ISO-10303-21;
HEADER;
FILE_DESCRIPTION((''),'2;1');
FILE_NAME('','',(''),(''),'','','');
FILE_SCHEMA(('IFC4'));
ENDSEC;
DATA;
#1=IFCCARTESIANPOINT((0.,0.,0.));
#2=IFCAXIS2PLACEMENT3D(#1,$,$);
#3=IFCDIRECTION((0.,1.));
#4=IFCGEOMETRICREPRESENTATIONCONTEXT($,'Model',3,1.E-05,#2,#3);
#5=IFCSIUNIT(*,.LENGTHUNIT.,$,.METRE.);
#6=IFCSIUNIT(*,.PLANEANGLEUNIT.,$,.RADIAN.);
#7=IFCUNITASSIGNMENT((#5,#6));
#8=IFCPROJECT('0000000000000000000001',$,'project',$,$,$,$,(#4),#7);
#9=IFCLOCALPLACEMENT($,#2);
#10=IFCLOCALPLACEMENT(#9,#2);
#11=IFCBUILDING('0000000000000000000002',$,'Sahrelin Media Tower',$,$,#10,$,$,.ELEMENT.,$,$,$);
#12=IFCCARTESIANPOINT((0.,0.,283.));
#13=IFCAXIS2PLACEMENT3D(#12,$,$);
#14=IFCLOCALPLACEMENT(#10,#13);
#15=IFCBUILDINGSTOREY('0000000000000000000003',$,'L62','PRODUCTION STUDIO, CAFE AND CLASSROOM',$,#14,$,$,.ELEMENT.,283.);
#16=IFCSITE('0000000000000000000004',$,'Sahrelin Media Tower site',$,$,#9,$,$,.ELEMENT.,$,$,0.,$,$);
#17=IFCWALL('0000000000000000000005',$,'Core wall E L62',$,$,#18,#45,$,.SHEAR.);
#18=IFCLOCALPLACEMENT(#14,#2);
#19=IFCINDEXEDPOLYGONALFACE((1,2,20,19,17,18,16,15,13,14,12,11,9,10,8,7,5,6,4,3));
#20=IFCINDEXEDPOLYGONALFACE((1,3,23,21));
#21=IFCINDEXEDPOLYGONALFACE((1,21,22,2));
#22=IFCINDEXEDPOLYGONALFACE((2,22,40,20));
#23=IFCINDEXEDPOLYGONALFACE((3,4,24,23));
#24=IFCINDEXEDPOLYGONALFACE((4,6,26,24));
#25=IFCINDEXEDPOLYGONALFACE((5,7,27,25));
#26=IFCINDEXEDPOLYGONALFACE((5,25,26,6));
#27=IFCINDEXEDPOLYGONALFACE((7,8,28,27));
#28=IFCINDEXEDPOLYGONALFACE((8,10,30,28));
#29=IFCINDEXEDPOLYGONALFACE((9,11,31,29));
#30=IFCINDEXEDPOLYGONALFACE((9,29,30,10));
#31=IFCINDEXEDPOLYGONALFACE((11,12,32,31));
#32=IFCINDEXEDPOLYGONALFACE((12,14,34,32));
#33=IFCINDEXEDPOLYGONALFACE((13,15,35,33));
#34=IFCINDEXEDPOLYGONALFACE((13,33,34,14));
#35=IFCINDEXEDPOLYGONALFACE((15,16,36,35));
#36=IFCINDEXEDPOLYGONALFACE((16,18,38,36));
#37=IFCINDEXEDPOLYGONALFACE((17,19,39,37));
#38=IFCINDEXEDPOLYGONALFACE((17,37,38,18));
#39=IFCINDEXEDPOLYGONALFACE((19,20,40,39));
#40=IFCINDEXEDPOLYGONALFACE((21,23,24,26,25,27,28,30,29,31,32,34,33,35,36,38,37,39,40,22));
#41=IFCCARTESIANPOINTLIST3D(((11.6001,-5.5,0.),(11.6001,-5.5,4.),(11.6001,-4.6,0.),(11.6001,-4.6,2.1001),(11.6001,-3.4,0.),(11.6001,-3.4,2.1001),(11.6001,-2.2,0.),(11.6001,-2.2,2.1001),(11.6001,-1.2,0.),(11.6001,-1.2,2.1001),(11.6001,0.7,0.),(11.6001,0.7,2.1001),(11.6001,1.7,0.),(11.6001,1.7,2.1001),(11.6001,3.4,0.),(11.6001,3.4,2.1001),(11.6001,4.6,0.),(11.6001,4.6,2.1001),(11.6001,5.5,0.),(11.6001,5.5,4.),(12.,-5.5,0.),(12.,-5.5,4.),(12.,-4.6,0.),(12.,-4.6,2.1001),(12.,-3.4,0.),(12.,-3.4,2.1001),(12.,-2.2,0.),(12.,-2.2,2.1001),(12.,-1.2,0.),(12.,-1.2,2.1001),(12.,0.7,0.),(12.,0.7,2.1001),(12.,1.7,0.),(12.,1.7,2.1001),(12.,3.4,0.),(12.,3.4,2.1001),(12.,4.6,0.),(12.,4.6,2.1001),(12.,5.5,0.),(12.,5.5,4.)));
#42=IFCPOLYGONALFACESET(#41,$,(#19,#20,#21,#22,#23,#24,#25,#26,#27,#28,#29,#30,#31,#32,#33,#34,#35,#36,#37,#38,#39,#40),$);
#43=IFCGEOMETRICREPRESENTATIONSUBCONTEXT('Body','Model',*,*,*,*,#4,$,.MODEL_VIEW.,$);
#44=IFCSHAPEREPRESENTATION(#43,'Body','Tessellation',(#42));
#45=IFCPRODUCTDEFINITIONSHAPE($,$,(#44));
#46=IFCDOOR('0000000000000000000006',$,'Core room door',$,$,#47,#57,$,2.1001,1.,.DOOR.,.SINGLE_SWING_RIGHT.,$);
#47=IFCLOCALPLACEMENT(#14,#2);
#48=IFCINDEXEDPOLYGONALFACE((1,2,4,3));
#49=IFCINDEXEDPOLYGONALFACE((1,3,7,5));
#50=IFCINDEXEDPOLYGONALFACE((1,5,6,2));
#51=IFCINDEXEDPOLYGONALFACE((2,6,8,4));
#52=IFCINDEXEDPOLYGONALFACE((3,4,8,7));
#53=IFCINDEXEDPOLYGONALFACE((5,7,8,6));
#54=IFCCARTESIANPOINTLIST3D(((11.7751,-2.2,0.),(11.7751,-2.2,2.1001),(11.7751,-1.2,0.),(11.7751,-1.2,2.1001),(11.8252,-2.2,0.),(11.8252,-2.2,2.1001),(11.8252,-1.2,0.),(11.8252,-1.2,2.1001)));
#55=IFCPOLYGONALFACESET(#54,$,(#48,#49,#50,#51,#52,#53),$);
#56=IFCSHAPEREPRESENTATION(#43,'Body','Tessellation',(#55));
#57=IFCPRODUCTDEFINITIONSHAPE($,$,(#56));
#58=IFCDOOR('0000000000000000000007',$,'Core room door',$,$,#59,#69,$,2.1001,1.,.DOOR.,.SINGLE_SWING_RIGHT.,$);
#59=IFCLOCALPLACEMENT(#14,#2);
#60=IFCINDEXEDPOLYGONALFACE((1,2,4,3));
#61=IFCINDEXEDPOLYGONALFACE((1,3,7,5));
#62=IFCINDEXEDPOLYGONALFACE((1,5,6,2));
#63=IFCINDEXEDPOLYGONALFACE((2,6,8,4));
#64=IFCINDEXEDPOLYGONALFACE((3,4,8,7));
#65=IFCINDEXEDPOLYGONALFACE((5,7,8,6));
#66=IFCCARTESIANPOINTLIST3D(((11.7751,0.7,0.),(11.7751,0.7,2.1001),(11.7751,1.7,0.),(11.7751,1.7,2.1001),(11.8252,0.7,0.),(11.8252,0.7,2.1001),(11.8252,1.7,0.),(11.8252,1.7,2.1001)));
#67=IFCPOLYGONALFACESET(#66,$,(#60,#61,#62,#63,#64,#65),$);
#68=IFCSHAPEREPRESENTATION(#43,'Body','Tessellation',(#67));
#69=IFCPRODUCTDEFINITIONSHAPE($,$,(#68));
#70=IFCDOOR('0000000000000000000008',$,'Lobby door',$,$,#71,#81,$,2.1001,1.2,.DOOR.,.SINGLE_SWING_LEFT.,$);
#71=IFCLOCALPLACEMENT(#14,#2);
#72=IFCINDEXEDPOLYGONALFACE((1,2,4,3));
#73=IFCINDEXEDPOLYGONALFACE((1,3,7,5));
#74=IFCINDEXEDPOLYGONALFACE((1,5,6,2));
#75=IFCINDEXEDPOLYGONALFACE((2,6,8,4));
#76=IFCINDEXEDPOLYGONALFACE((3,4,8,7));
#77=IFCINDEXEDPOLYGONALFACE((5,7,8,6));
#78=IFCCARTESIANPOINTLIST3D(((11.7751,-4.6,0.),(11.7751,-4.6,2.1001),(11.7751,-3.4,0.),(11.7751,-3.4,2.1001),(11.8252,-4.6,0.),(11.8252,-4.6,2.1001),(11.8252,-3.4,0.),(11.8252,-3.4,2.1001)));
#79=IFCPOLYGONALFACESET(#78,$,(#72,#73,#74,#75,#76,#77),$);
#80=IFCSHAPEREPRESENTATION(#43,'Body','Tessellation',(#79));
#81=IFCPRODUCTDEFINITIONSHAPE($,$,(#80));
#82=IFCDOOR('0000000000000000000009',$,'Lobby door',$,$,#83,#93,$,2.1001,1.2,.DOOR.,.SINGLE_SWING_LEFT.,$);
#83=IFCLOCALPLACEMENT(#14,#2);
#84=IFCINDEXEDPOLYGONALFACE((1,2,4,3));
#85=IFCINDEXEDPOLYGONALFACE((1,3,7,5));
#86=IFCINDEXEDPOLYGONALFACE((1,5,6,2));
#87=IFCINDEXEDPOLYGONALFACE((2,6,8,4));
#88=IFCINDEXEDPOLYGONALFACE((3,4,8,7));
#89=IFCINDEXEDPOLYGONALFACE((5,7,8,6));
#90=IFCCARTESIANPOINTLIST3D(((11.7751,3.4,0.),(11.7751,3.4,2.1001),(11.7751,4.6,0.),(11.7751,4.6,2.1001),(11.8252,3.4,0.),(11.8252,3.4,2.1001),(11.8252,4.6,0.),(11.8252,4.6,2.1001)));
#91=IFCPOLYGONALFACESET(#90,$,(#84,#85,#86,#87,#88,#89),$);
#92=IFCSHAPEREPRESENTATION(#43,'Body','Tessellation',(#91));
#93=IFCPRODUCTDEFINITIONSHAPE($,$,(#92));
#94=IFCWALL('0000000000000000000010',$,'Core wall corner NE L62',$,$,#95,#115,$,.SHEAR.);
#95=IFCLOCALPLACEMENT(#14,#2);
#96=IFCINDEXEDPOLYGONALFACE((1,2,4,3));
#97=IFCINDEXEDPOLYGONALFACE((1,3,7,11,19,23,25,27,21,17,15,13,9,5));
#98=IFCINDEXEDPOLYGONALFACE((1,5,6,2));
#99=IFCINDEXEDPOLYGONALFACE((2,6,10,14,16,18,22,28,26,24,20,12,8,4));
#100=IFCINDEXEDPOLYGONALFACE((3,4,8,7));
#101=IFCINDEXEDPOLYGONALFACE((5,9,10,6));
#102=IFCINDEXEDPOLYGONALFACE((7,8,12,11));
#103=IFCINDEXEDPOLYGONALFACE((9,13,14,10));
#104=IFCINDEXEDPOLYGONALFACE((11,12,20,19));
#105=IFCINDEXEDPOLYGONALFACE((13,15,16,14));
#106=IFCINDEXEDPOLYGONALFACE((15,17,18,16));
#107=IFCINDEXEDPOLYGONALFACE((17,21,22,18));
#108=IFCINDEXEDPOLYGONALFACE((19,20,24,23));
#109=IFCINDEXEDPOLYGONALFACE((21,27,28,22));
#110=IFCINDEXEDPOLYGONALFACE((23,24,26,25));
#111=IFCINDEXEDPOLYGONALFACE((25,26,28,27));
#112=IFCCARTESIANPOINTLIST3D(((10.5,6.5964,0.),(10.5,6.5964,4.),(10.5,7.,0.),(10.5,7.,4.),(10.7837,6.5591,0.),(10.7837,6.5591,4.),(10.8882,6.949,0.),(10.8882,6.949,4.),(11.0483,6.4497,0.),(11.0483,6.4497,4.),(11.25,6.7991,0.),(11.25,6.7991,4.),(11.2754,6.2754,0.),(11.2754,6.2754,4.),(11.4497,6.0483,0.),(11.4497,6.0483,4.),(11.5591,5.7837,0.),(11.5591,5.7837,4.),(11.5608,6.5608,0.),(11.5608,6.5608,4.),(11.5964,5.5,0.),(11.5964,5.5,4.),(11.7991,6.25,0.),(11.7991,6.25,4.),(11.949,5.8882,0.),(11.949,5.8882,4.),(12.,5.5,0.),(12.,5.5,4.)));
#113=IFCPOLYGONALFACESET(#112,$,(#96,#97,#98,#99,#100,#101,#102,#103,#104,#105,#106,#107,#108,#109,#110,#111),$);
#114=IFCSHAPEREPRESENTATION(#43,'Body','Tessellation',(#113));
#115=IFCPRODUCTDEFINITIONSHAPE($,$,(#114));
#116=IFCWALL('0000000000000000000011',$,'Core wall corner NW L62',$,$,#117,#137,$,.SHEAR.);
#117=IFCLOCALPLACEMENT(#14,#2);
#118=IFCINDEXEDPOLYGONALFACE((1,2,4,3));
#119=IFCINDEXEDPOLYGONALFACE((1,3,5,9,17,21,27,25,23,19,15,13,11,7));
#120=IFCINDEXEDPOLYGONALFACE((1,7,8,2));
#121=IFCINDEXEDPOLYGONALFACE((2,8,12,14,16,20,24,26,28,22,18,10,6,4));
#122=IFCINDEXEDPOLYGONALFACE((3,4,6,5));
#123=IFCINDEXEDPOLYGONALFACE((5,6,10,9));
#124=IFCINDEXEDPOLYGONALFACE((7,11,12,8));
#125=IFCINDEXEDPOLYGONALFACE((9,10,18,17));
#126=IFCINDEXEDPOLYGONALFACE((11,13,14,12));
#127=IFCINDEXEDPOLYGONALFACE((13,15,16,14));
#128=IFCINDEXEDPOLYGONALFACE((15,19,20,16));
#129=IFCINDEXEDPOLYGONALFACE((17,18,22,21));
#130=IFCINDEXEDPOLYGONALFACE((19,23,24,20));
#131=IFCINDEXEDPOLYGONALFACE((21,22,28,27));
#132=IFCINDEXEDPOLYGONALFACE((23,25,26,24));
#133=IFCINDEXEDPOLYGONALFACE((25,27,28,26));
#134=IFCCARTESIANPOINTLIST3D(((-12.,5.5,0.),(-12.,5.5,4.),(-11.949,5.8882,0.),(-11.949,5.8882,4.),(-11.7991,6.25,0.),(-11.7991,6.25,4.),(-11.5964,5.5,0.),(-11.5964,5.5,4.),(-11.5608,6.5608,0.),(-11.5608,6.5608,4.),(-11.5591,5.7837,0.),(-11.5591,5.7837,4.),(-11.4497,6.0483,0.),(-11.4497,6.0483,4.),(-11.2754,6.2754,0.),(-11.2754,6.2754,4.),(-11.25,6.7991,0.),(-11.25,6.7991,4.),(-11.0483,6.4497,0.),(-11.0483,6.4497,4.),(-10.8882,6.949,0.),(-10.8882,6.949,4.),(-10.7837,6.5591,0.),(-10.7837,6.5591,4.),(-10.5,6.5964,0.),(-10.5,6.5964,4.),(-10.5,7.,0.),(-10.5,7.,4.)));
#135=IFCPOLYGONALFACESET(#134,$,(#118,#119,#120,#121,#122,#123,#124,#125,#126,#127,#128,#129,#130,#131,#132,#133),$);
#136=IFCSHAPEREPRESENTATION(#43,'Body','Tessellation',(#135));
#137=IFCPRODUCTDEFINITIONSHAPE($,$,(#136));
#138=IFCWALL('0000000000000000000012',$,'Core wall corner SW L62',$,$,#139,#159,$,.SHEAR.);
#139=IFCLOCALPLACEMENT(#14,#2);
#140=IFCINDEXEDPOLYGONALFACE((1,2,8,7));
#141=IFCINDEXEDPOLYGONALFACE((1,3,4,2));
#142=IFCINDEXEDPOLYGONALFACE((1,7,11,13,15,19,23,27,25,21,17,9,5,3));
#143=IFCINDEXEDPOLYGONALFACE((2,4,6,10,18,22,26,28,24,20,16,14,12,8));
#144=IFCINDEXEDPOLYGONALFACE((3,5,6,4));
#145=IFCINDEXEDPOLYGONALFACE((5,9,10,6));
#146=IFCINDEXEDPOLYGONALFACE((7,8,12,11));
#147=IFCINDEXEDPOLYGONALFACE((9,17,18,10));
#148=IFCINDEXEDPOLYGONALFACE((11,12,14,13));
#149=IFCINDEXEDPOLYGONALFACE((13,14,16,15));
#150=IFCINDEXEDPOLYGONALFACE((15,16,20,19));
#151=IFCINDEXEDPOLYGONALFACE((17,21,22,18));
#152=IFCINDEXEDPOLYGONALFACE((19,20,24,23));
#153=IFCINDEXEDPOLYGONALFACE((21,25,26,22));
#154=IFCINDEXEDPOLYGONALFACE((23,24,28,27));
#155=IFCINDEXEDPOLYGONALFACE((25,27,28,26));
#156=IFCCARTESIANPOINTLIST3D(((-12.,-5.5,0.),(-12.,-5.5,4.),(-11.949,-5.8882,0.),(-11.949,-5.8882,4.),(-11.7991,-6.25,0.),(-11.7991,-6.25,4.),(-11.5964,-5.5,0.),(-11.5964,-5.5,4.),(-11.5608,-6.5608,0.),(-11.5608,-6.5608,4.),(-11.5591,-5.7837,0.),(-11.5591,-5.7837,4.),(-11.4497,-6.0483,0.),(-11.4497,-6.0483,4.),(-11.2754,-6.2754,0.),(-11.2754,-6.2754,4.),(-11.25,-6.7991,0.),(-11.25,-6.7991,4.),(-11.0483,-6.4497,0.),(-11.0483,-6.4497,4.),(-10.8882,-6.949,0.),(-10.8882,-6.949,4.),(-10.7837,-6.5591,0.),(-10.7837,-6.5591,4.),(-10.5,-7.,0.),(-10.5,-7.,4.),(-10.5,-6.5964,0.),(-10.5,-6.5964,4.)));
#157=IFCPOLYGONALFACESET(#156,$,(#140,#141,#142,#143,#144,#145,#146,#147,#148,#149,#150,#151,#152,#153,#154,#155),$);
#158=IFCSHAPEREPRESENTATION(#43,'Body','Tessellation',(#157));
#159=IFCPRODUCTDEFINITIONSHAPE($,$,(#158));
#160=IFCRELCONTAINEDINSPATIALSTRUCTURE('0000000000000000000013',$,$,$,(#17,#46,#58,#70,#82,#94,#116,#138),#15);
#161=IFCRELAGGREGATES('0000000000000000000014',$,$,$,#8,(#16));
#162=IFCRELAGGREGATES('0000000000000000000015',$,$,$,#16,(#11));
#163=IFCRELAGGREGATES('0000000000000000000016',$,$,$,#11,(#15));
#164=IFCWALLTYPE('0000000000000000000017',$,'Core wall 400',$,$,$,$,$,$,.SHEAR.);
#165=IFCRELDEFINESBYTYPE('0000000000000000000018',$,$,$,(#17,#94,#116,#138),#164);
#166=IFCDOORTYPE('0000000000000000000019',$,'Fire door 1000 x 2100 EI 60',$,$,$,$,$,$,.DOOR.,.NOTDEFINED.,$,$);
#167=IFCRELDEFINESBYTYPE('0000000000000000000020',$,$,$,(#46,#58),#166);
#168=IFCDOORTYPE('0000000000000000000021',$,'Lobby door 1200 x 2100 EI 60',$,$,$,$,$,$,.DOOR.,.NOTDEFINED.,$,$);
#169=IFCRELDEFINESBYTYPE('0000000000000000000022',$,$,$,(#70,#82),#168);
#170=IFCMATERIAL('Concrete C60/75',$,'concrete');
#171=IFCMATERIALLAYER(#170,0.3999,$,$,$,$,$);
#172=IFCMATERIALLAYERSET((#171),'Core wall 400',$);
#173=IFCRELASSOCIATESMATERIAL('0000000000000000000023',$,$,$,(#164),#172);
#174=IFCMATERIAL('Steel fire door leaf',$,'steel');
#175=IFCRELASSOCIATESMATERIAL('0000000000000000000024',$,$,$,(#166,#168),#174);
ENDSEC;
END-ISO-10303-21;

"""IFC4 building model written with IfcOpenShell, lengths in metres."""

from ifc_helpers import new_model, si_unit, direction, frame, frame_2d, origin, place, context, subcontext, project, spatial, polyline, rectangle, outline, extrude, material, layer, layer_set, type_object, element, fill, save


model = new_model("IFC4")

# Units and contexts
model_context = context("Model", 3, precision=1e-05, world=origin(), true_north=direction((0.0, 1.0)))
body_context = subcontext(model_context, "Body", "Model", "MODEL_VIEW")
ifc_project = project(units=[si_unit("LENGTHUNIT", "METRE"), si_unit("PLANEANGLEUNIT", "RADIAN")], contexts=[model_context])

# Site, building, storey
site_placement = place(None, origin())
site = spatial("IfcSite", under=ifc_project, at=site_placement, Name="Sahrelin Media Tower site", CompositionType="ELEMENT", RefElevation=0.0)
building_placement = place(site_placement, origin())
building = spatial("IfcBuilding", under=site, at=building_placement, Name="Sahrelin Media Tower", CompositionType="ELEMENT")
storey_placement = place(building_placement, frame((0.0, 0.0, 283.0)))
storey = spatial("IfcBuildingStorey", under=building, at=storey_placement, Name="L62", Description="PRODUCTION STUDIO, CAFE AND CLASSROOM", CompositionType="ELEMENT", Elevation=283.0)

# Shared definitions
placement_1 = place(storey_placement, origin())

# Wall, openings, doors
ifc_material_1 = material(Name="Concrete C60/75", Category="concrete")
ifc_layer_1 = layer(ifc_material_1, 0.3999)
ifc_layer_set_1 = layer_set([ifc_layer_1], Name="Core wall 400")
wall_type_1 = type_object("IfcWallType", Name="Core wall 400", PredefinedType="SHEAR", material=ifc_layer_set_1)
wall_1_placement = place(storey_placement, frame((11.8, -5.5, 0.0), z_axis=(0.0, 0.0, 1.0), x_axis=(0.0, 1.0, 0.0)))
wall_1 = element("IfcWall", 1, at=wall_1_placement, inside=storey, type_object=wall_type_1, Name="Core wall E L62", PredefinedType="SHEAR", context=body_context, shape_type="SweptSolid", body=[
    extrude(rectangle(XDim=11.0, YDim=0.3999, at=frame_2d((5.5, 0.0))), origin(), (0.0, 0.0, 1.0), 4.0),
])
opening_1_placement = place(wall_1_placement, frame((3.3, 0.0, 0.0)))
opening_1 = element("IfcOpeningElement", 2, at=opening_1_placement, cuts=wall_1, PredefinedType="OPENING", context=body_context, shape_type="SweptSolid", body=[
    extrude(rectangle(XDim=1.0, YDim=2.1001, at=frame_2d((0.5, 1.05))), frame((0.0, 0.2, 0.0), z_axis=(0.0, -1.0, 0.0), x_axis=(1.0, 0.0, 0.0)), (0.0, 0.0, 1.0), 0.3999),
])
opening_2_placement = place(wall_1_placement, frame((6.2, 0.0, 0.0)))
opening_2 = element("IfcOpeningElement", 3, at=opening_2_placement, cuts=wall_1, PredefinedType="OPENING", context=body_context, shape_type="SweptSolid", body=[
    extrude(rectangle(XDim=1.0, YDim=2.1001, at=frame_2d((0.5, 1.05))), frame((0.0, 0.2, 0.0), z_axis=(0.0, -1.0, 0.0), x_axis=(1.0, 0.0, 0.0)), (0.0, 0.0, 1.0), 0.3999),
])
opening_3_placement = place(wall_1_placement, frame((0.8999, 0.0, 0.0)))
opening_3 = element("IfcOpeningElement", 4, at=opening_3_placement, cuts=wall_1, PredefinedType="OPENING", context=body_context, shape_type="SweptSolid", body=[
    extrude(rectangle(XDim=1.2, YDim=2.1001, at=frame_2d((0.6001, 1.05))), frame((0.0, 0.2, 0.0), z_axis=(0.0, -1.0, 0.0), x_axis=(1.0, 0.0, 0.0)), (0.0, 0.0, 1.0), 0.3999),
])
opening_4_placement = place(wall_1_placement, frame((8.8999, 0.0, 0.0)))
opening_4 = element("IfcOpeningElement", 5, at=opening_4_placement, cuts=wall_1, PredefinedType="OPENING", context=body_context, shape_type="SweptSolid", body=[
    extrude(rectangle(XDim=1.2, YDim=2.1001, at=frame_2d((0.6001, 1.05))), frame((0.0, 0.2, 0.0), z_axis=(0.0, -1.0, 0.0), x_axis=(1.0, 0.0, 0.0)), (0.0, 0.0, 1.0), 0.3999),
])
ifc_material_2 = material(Name="Steel fire door leaf", Category="steel")
door_type_1 = type_object("IfcDoorType", Name="Fire door 1000 x 2100 EI 60", OperationType="NOTDEFINED", PredefinedType="DOOR", material=ifc_material_2)
door_1_placement = place(opening_1_placement, origin())
door_1 = element("IfcDoor", 6, at=door_1_placement, inside=storey, type_object=door_type_1, Name="Core room door", OperationType="SINGLE_SWING_RIGHT", OverallHeight=2.1001, OverallWidth=1.0, PredefinedType="DOOR", context=body_context, shape_type="SweptSolid", body=[
    extrude(rectangle(XDim=1.0, YDim=2.1001, at=frame_2d((0.5, 1.05))), frame((0.0, 0.0249, 0.0), z_axis=(0.0, -1.0, 0.0), x_axis=(1.0, 0.0, 0.0)), (0.0, 0.0, 1.0), 0.05),
])
fill(opening_1, door_1)
door_2_placement = place(opening_2_placement, origin())
door_2 = element("IfcDoor", 7, at=door_2_placement, inside=storey, type_object=door_type_1, Name="Core room door", OperationType="SINGLE_SWING_RIGHT", OverallHeight=2.1001, OverallWidth=1.0, PredefinedType="DOOR", context=body_context, shape_type="SweptSolid", body=[
    extrude(rectangle(XDim=1.0, YDim=2.1001, at=frame_2d((0.5, 1.05))), frame((0.0, 0.0249, 0.0), z_axis=(0.0, -1.0, 0.0), x_axis=(1.0, 0.0, 0.0)), (0.0, 0.0, 1.0), 0.05),
])
fill(opening_2, door_2)
door_type_2 = type_object("IfcDoorType", Name="Lobby door 1200 x 2100 EI 60", OperationType="NOTDEFINED", PredefinedType="DOOR", material=ifc_material_2)
door_3_placement = place(opening_3_placement, origin())
door_3 = element("IfcDoor", 8, at=door_3_placement, inside=storey, type_object=door_type_2, Name="Lobby door", OperationType="SINGLE_SWING_LEFT", OverallHeight=2.1001, OverallWidth=1.2, PredefinedType="DOOR", context=body_context, shape_type="SweptSolid", body=[
    extrude(rectangle(XDim=1.2, YDim=2.1001, at=frame_2d((0.6001, 1.05))), frame((0.0, 0.0249, 0.0), z_axis=(0.0, -1.0, 0.0), x_axis=(1.0, 0.0, 0.0)), (0.0, 0.0, 1.0), 0.05),
])
fill(opening_3, door_3)
door_4_placement = place(opening_4_placement, origin())
door_4 = element("IfcDoor", 9, at=door_4_placement, inside=storey, type_object=door_type_2, Name="Lobby door", OperationType="SINGLE_SWING_LEFT", OverallHeight=2.1001, OverallWidth=1.2, PredefinedType="DOOR", context=body_context, shape_type="SweptSolid", body=[
    extrude(rectangle(XDim=1.2, YDim=2.1001, at=frame_2d((0.6001, 1.05))), frame((0.0, 0.0249, 0.0), z_axis=(0.0, -1.0, 0.0), x_axis=(1.0, 0.0, 0.0)), (0.0, 0.0, 1.0), 0.05),
])
fill(opening_4, door_4)

# Walls
element("IfcWall", 10, at=placement_1, inside=storey, type_object=wall_type_1, Name="Core wall corner NE L62", PredefinedType="SHEAR", context=body_context, shape_type="SweptSolid", body=[
    extrude(outline(polyline([(10.5, 7.0), (10.5, 6.5964), (10.7837, 6.5591), (11.0483, 6.4497), (11.2754, 6.2754), (11.4497, 6.0483), (11.5591, 5.7837), (11.5964, 5.5), (12.0, 5.5), (11.949, 5.8882), (11.7991, 6.25), (11.5608, 6.5608), (11.25, 6.7991), (10.8882, 6.949), (10.5, 7.0)])), origin(), (0.0, 0.0, 1.0), 4.0),
])
element("IfcWall", 11, at=placement_1, inside=storey, type_object=wall_type_1, Name="Core wall corner NW L62", PredefinedType="SHEAR", context=body_context, shape_type="SweptSolid", body=[
    extrude(outline(polyline([(-12.0, 5.5), (-11.5964, 5.5), (-11.5591, 5.7837), (-11.4497, 6.0483), (-11.2754, 6.2754), (-11.0483, 6.4497), (-10.7837, 6.5591), (-10.5, 6.5964), (-10.5, 7.0), (-10.8882, 6.949), (-11.25, 6.7991), (-11.5608, 6.5608), (-11.7991, 6.25), (-11.949, 5.8882), (-12.0, 5.5)])), origin(), (0.0, 0.0, 1.0), 4.0),
])
element("IfcWall", 12, at=placement_1, inside=storey, type_object=wall_type_1, Name="Core wall corner SW L62", PredefinedType="SHEAR", context=body_context, shape_type="SweptSolid", body=[
    extrude(outline(polyline([(-10.5, -7.0), (-10.5, -6.5964), (-10.7837, -6.5591), (-11.0483, -6.4497), (-11.2754, -6.2754), (-11.4497, -6.0483), (-11.5591, -5.7837), (-11.5964, -5.5), (-12.0, -5.5), (-11.949, -5.8882), (-11.7991, -6.25), (-11.5608, -6.5608), (-11.25, -6.7991), (-10.8882, -6.949), (-10.5, -7.0)])), origin(), (0.0, 0.0, 1.0), 4.0),
])

save(model, "model.ifc")
